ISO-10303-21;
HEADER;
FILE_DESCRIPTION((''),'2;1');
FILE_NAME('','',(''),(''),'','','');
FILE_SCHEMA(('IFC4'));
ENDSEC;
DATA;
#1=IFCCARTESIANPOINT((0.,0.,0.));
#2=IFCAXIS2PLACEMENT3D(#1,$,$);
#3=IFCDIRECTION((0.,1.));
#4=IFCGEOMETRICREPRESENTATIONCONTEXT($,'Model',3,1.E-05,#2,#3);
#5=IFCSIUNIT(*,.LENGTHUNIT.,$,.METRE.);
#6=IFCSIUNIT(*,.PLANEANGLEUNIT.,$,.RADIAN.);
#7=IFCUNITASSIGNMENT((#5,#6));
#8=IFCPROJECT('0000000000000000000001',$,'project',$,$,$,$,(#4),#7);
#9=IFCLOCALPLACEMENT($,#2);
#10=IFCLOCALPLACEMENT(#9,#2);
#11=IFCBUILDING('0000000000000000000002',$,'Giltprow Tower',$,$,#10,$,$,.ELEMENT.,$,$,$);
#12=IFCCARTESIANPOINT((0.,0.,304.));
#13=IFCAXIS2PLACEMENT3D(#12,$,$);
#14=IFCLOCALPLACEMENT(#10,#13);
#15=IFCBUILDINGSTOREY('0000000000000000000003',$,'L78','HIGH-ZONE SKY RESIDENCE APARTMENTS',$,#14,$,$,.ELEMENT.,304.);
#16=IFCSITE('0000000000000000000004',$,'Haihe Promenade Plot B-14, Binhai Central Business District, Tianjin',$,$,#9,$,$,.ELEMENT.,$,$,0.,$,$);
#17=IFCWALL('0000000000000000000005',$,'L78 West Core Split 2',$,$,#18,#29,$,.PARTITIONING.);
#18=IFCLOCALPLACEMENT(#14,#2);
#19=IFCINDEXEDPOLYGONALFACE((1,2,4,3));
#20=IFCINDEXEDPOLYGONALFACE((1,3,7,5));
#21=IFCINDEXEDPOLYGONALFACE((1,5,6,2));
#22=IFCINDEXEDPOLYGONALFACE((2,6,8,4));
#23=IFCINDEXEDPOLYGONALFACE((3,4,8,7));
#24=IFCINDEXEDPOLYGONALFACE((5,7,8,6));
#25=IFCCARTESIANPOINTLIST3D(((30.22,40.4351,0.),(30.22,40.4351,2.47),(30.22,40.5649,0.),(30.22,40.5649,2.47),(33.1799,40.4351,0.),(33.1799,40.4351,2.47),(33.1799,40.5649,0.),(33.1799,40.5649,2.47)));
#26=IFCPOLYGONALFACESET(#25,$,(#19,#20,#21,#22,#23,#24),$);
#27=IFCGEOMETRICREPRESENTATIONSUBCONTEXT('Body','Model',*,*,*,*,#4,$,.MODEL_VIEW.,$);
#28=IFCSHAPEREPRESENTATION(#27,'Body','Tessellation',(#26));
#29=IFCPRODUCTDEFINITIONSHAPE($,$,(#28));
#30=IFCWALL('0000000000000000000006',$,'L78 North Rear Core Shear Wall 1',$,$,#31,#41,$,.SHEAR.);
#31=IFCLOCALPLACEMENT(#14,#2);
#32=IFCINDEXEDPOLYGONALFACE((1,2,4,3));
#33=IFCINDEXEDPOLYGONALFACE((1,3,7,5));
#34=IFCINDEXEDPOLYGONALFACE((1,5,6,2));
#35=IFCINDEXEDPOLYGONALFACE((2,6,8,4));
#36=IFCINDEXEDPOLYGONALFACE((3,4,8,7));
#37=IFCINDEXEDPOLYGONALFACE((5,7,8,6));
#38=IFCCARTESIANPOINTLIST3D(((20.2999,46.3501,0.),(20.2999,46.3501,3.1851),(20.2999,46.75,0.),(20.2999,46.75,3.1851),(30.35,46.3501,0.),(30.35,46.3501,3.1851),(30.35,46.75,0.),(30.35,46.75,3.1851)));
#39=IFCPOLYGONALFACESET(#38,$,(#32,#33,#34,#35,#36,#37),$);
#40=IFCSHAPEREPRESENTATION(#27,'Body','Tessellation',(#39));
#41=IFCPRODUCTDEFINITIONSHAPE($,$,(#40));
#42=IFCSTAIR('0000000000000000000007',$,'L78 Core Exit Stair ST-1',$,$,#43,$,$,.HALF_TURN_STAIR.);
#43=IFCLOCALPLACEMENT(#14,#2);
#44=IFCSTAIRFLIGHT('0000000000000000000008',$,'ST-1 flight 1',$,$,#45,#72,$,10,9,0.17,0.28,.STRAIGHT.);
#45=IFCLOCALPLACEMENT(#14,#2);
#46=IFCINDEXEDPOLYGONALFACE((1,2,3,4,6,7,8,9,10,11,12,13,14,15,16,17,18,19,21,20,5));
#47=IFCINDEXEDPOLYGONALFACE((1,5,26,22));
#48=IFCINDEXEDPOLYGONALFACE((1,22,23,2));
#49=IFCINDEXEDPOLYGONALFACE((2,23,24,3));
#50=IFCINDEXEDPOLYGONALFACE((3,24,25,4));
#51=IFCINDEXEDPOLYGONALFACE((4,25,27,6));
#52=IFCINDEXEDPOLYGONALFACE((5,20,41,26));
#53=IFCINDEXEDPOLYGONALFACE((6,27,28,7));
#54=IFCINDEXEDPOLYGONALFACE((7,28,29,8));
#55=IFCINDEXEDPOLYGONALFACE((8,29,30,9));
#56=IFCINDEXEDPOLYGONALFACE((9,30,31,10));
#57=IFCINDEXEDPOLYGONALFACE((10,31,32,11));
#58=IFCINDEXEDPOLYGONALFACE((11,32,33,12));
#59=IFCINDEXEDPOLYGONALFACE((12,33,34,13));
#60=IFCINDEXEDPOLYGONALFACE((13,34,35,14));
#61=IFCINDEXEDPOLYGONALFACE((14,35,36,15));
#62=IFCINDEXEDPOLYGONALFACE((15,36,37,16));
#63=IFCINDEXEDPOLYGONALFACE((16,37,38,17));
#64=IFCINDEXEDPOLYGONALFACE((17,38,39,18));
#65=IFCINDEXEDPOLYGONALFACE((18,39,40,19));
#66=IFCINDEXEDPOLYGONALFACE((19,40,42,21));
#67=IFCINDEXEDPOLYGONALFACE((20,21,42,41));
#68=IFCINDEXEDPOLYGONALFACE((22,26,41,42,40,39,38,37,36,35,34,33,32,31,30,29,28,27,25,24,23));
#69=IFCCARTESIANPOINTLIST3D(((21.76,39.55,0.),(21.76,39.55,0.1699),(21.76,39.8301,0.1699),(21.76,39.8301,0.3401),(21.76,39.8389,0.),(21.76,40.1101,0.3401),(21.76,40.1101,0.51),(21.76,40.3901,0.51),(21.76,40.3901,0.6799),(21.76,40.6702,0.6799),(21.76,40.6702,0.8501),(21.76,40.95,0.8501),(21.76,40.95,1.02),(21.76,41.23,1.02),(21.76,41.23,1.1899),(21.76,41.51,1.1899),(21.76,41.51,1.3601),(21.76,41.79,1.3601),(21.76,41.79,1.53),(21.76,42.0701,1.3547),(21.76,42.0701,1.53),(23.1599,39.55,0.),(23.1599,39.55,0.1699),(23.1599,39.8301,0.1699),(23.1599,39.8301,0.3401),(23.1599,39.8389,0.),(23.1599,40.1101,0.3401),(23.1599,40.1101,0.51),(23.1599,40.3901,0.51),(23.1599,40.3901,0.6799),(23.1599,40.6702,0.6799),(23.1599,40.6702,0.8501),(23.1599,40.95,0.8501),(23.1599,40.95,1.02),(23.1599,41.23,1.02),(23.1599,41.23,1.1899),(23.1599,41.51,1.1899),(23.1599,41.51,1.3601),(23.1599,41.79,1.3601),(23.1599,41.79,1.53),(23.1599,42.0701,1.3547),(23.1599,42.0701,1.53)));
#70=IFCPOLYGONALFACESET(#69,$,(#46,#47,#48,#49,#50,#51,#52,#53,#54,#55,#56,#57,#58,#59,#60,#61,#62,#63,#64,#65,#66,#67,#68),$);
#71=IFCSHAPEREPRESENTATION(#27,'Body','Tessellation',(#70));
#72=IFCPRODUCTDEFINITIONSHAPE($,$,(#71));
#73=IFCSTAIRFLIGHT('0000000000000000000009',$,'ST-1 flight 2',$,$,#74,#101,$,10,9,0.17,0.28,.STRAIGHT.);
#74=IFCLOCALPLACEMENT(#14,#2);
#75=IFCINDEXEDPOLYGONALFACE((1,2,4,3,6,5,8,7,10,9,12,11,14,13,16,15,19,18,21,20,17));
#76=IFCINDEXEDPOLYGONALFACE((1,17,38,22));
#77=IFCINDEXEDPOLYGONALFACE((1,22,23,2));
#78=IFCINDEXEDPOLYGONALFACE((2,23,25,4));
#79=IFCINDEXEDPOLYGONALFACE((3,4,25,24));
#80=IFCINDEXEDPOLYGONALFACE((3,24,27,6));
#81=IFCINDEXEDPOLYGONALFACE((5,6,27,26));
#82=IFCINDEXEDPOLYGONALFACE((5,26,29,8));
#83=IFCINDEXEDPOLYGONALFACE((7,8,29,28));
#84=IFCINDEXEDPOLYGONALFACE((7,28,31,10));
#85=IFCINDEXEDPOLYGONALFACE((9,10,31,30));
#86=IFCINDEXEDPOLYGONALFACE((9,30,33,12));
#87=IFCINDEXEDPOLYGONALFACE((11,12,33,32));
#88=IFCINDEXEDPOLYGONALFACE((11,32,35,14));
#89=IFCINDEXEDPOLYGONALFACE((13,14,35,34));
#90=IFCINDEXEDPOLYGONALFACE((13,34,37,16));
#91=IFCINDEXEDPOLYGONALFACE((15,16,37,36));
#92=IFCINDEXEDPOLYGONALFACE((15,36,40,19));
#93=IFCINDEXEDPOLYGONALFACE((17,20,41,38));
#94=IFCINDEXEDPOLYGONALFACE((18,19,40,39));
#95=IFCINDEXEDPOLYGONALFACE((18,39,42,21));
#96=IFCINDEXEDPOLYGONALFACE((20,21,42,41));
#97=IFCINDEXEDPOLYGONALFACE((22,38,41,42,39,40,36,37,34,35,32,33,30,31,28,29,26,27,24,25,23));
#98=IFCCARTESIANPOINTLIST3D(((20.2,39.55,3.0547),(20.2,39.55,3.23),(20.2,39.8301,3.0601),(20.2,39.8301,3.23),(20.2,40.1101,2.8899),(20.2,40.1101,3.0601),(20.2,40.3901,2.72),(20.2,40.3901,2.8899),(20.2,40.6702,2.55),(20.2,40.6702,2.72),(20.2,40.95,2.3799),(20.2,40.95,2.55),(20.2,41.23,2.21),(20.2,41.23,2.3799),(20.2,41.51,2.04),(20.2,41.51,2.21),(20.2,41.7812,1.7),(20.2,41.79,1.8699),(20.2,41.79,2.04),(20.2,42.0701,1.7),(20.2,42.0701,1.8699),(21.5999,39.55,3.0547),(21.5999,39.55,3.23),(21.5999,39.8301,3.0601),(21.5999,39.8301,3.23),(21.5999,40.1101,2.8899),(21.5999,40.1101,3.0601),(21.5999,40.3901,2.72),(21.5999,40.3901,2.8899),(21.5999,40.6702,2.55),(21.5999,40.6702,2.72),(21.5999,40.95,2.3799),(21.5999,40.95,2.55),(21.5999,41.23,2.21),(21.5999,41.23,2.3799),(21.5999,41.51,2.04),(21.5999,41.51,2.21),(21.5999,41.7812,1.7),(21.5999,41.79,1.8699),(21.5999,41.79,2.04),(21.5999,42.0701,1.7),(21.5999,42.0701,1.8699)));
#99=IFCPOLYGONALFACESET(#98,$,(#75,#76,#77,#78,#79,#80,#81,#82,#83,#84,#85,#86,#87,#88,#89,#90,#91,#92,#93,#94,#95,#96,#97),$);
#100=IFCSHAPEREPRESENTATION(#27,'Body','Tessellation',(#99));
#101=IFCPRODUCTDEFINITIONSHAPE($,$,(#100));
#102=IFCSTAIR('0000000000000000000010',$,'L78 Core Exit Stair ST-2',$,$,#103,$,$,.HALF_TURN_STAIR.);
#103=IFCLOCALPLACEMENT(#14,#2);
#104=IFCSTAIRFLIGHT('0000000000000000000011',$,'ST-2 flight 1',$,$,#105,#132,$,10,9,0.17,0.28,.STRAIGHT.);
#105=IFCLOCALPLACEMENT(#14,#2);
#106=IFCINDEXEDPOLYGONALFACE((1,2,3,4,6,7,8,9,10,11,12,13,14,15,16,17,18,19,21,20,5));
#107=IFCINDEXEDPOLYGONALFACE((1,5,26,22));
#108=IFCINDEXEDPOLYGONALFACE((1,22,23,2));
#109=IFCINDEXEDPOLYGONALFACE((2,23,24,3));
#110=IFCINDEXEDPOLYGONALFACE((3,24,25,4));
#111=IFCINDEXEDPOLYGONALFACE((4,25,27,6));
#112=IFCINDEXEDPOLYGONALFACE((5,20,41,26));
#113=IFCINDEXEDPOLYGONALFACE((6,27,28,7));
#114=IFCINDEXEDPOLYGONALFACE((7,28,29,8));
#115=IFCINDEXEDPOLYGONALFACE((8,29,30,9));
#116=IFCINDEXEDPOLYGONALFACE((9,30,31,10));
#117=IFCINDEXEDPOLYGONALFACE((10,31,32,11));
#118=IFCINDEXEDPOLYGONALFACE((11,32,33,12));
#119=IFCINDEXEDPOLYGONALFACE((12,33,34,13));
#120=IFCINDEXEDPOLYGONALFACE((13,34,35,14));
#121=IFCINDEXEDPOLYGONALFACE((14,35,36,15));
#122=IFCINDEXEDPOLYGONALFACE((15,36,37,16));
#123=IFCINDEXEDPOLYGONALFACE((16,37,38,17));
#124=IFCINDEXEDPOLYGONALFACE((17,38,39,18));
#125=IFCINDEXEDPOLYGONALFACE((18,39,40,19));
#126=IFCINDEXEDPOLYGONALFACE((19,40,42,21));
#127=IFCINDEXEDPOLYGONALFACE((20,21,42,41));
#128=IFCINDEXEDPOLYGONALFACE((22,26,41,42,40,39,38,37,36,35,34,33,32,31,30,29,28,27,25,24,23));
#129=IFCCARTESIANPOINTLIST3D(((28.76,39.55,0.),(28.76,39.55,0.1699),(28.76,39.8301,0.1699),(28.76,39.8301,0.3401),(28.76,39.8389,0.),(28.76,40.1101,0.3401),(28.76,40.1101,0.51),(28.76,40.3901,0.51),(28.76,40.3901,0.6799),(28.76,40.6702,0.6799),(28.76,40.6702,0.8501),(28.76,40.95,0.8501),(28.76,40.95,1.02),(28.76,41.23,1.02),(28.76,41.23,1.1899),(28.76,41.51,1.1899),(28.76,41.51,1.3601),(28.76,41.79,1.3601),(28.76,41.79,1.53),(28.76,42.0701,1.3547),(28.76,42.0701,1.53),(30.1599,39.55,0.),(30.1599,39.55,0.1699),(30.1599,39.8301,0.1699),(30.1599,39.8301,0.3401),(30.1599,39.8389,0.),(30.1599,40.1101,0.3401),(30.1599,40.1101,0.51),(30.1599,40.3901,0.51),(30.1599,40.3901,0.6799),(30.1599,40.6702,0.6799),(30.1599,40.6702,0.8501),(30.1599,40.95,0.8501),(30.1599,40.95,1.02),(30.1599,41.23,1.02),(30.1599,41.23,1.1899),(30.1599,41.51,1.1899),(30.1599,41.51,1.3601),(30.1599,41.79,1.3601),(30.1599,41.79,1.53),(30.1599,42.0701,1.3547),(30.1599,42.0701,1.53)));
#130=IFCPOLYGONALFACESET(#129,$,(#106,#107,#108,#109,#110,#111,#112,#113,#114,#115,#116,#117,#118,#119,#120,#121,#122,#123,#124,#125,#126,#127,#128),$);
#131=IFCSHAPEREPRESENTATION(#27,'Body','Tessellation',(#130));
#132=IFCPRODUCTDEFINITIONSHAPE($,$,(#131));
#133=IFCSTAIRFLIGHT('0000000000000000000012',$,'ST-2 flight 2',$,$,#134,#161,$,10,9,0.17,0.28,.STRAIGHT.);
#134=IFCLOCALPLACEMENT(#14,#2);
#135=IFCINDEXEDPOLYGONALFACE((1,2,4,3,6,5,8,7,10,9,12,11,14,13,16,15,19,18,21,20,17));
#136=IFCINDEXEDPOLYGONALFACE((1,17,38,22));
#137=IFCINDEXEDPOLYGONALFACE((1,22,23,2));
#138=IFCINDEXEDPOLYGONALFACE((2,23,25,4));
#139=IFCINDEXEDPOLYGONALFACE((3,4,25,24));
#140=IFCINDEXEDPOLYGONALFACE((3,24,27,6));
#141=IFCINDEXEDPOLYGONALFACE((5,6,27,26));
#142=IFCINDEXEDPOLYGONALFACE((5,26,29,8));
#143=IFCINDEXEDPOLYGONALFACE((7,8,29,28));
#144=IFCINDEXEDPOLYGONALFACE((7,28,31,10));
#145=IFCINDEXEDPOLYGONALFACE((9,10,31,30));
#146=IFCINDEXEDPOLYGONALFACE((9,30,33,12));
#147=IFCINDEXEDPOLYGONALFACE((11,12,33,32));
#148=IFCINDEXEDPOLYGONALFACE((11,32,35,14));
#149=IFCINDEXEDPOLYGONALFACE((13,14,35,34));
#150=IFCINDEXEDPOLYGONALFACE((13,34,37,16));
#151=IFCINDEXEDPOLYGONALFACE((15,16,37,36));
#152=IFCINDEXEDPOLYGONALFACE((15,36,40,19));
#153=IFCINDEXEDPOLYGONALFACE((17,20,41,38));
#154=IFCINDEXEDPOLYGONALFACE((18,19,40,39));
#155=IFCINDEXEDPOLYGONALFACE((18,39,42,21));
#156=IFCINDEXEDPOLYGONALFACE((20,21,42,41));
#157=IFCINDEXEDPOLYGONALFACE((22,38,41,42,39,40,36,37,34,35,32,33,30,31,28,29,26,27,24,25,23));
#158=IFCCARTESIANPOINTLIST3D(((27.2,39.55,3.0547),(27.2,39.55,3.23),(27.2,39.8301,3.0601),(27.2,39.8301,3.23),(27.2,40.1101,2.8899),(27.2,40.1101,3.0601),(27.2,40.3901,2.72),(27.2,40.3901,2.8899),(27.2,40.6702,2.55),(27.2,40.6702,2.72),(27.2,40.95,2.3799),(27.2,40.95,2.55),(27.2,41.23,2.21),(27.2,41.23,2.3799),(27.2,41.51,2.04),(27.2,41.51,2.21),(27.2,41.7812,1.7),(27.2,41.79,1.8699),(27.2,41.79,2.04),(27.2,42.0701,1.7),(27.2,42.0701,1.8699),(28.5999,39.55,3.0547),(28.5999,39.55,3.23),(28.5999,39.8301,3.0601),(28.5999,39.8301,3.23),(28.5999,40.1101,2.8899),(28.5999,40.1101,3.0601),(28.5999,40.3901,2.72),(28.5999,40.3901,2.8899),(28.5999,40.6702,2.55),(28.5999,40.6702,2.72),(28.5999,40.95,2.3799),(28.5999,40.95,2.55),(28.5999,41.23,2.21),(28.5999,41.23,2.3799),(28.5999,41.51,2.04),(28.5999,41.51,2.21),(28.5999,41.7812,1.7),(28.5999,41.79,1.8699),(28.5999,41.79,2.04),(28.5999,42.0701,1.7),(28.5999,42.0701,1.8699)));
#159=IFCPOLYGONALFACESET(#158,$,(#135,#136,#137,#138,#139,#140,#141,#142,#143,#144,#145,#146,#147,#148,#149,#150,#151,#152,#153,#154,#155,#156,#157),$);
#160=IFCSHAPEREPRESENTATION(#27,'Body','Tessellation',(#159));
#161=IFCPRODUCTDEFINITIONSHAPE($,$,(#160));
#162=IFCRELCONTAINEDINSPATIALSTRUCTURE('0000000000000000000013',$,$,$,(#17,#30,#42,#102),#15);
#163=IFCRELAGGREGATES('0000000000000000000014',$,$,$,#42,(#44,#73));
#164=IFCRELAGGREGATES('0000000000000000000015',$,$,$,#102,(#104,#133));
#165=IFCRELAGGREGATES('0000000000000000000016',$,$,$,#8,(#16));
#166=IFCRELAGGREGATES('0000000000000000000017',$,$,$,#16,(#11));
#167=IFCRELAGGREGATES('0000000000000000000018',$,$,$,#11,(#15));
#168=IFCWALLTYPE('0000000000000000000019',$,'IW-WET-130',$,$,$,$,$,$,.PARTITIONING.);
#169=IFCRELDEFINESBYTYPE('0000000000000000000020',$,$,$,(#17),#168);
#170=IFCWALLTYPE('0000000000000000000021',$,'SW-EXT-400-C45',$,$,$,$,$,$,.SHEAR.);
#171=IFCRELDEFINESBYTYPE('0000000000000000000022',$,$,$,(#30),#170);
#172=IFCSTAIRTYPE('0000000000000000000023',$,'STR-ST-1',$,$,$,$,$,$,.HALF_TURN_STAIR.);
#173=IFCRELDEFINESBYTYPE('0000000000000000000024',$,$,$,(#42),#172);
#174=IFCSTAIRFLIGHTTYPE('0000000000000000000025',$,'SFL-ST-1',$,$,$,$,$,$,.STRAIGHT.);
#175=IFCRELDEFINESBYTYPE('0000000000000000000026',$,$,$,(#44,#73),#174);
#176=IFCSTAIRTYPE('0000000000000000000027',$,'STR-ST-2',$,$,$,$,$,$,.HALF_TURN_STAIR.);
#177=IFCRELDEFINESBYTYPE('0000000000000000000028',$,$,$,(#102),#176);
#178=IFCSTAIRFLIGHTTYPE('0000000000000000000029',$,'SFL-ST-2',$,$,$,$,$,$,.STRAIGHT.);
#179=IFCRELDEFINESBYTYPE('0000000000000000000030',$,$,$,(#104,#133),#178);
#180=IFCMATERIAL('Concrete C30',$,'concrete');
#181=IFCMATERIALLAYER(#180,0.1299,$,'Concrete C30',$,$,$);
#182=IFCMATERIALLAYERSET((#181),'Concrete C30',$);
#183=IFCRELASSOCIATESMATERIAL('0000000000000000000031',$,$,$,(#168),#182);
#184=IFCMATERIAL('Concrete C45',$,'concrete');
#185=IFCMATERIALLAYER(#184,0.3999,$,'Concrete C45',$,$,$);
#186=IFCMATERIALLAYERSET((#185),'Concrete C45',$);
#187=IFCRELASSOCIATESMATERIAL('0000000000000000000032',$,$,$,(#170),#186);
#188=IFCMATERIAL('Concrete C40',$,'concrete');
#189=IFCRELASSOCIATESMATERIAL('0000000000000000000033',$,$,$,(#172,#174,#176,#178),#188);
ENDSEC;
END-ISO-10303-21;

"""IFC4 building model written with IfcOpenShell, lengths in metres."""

from ifc_helpers import new_model, si_unit, direction, frame, frame_2d, origin, place, context, subcontext, project, spatial, polyline, rectangle, outline, extrude, material, layer, layer_set, type_object, element, aggregate, save


model = new_model("IFC4")

# Units and contexts
model_context = context("Model", 3, precision=1e-05, world=origin(), true_north=direction((0.0, 1.0)))
body_context = subcontext(model_context, "Body", "Model", "MODEL_VIEW")
ifc_project = project(units=[si_unit("LENGTHUNIT", "METRE"), si_unit("PLANEANGLEUNIT", "RADIAN")], contexts=[model_context])

# Site, building, storey
site_placement = place(None, origin())
site = spatial("IfcSite", under=ifc_project, at=site_placement, Name="Haihe Promenade Plot B-14, Binhai Central Business District, Tianjin", CompositionType="ELEMENT", RefElevation=0.0)
building_placement = place(site_placement, origin())
building = spatial("IfcBuilding", under=site, at=building_placement, Name="Giltprow Tower", CompositionType="ELEMENT")
storey_placement = place(building_placement, frame((0.0, 0.0, 304.0)))
storey = spatial("IfcBuildingStorey", under=building, at=storey_placement, Name="L78", Description="HIGH-ZONE SKY RESIDENCE APARTMENTS", CompositionType="ELEMENT", Elevation=304.0)

# Shared definitions
ifc_material_1 = material(Name="Concrete C45", Category="concrete")

# Shared definitions
ifc_material_2 = material(Name="Concrete C40", Category="concrete")

# Walls
ifc_material_3 = material(Name="Concrete C30", Category="concrete")
ifc_layer_1 = layer(ifc_material_3, 0.1299, Name="Concrete C30")
ifc_layer_set_1 = layer_set([ifc_layer_1], Name="Concrete C30")
wall_type_1 = type_object("IfcWallType", Name="IW-WET-130", PredefinedType="PARTITIONING", material=ifc_layer_set_1)
wall_1_placement = place(storey_placement, frame((30.22, 40.5, 0.0), z_axis=(0.0, 0.0, 1.0), x_axis=(1.0, 0.0, 0.0)))
element("IfcWall", 1, at=wall_1_placement, inside=storey, type_object=wall_type_1, Name="L78 West Core Split 2", PredefinedType="PARTITIONING", context=body_context, shape_type="SweptSolid", body=[
    extrude(rectangle(XDim=2.96, YDim=0.1299, at=frame_2d((1.48, 0.0))), origin(), (0.0, 0.0, 1.0), 2.47),
])
ifc_layer_2 = layer(ifc_material_1, 0.3999, Name="Concrete C45")
ifc_layer_set_2 = layer_set([ifc_layer_2], Name="Concrete C45")
wall_type_2 = type_object("IfcWallType", Name="SW-EXT-400-C45", PredefinedType="SHEAR", material=ifc_layer_set_2)
wall_2_placement = place(storey_placement, frame((20.3, 46.55, 0.0), z_axis=(0.0, 0.0, 1.0), x_axis=(1.0, 0.0, 0.0)))
element("IfcWall", 2, at=wall_2_placement, inside=storey, type_object=wall_type_2, Name="L78 North Rear Core Shear Wall 1", PredefinedType="SHEAR", context=body_context, shape_type="SweptSolid", body=[
    extrude(rectangle(XDim=10.05, YDim=0.3999, at=frame_2d((5.0249, 0.0))), origin(), (0.0, 0.0, 1.0), 3.1851),
])

# Stairs, stair flights
stair_type_1 = type_object("IfcStairType", Name="STR-ST-1", PredefinedType="HALF_TURN_STAIR", material=ifc_material_2)
stair_1_placement = place(storey_placement, origin())
stair_1 = element("IfcStair", 3, at=stair_1_placement, inside=storey, type_object=stair_type_1, Name="L78 Core Exit Stair ST-1", PredefinedType="HALF_TURN_STAIR")
stair_flight_type_1 = type_object("IfcStairFlightType", Name="SFL-ST-1", PredefinedType="STRAIGHT", material=ifc_material_2)
stair_flight_1_placement = place(storey_placement, frame((22.46, 39.55, 0.0), z_axis=(0.0, 0.0, 1.0), x_axis=(0.0, 1.0, 0.0)))
stair_flight_1 = element("IfcStairFlight", 4, at=stair_flight_1_placement, type_object=stair_flight_type_1, Name="ST-1 flight 1", NumberOfRisers=10, NumberOfTreads=9, PredefinedType="STRAIGHT", RiserHeight=0.17, TreadLength=0.28, context=body_context, shape_type="SweptSolid", body=[
    extrude(outline(polyline([(0.0, 0.0), (0.0, 0.1699), (0.28, 0.1699), (0.28, 0.3401), (0.5601, 0.3401), (0.5601, 0.51), (0.8401, 0.51), (0.8401, 0.6799), (1.1201, 0.6799), (1.1201, 0.8501), (1.3999, 0.8501), (1.3999, 1.02), (1.6799, 1.02), (1.6799, 1.1899), (1.96, 1.1899), (1.96, 1.3601), (2.24, 1.3601), (2.24, 1.53), (2.52, 1.53), (2.52, 1.7), (2.52, 1.3547), (0.2888, 0.0), (0.0, 0.0)])), frame((0.0, 0.7, 0.0), z_axis=(0.0, -1.0, 0.0), x_axis=(1.0, 0.0, 0.0)), (0.0, 0.0, 1.0), 1.3999),
])
stair_flight_2_placement = place(storey_placement, frame((20.8999, 42.0701, 1.7), z_axis=(0.0, 0.0, 1.0), x_axis=(0.0, -1.0, 0.0)))
stair_flight_2 = element("IfcStairFlight", 5, at=stair_flight_2_placement, type_object=stair_flight_type_1, Name="ST-1 flight 2", NumberOfRisers=10, NumberOfTreads=9, PredefinedType="STRAIGHT", RiserHeight=0.17, TreadLength=0.28, context=body_context, shape_type="SweptSolid", body=[
    extrude(outline(polyline([(0.0, 0.0), (0.0, 0.1699), (0.28, 0.1699), (0.28, 0.3401), (0.5601, 0.3401), (0.5601, 0.51), (0.8401, 0.51), (0.8401, 0.6799), (1.1201, 0.6799), (1.1201, 0.8501), (1.3999, 0.8501), (1.3999, 1.02), (1.6799, 1.02), (1.6799, 1.1899), (1.96, 1.1899), (1.96, 1.3601), (2.24, 1.3601), (2.24, 1.53), (2.52, 1.53), (2.52, 1.7), (2.52, 1.3547), (0.2888, 0.0), (0.0, 0.0)])), frame((0.0, 0.7, 0.0), z_axis=(0.0, -1.0, 0.0), x_axis=(1.0, 0.0, 0.0)), (0.0, 0.0, 1.0), 1.3999),
])
aggregate(stair_1, [stair_flight_1, stair_flight_2])
stair_type_2 = type_object("IfcStairType", Name="STR-ST-2", PredefinedType="HALF_TURN_STAIR", material=ifc_material_2)
stair_2_placement = place(storey_placement, origin())
stair_2 = element("IfcStair", 6, at=stair_2_placement, inside=storey, type_object=stair_type_2, Name="L78 Core Exit Stair ST-2", PredefinedType="HALF_TURN_STAIR")
stair_flight_type_2 = type_object("IfcStairFlightType", Name="SFL-ST-2", PredefinedType="STRAIGHT", material=ifc_material_2)
stair_flight_3_placement = place(storey_placement, frame((29.46, 39.55, 0.0), z_axis=(0.0, 0.0, 1.0), x_axis=(0.0, 1.0, 0.0)))
stair_flight_3 = element("IfcStairFlight", 7, at=stair_flight_3_placement, type_object=stair_flight_type_2, Name="ST-2 flight 1", NumberOfRisers=10, NumberOfTreads=9, PredefinedType="STRAIGHT", RiserHeight=0.17, TreadLength=0.28, context=body_context, shape_type="SweptSolid", body=[
    extrude(outline(polyline([(0.0, 0.0), (0.0, 0.1699), (0.28, 0.1699), (0.28, 0.3401), (0.5601, 0.3401), (0.5601, 0.51), (0.8401, 0.51), (0.8401, 0.6799), (1.1201, 0.6799), (1.1201, 0.8501), (1.3999, 0.8501), (1.3999, 1.02), (1.6799, 1.02), (1.6799, 1.1899), (1.96, 1.1899), (1.96, 1.3601), (2.24, 1.3601), (2.24, 1.53), (2.52, 1.53), (2.52, 1.7), (2.52, 1.3547), (0.2888, 0.0), (0.0, 0.0)])), frame((0.0, 0.7, 0.0), z_axis=(0.0, -1.0, 0.0), x_axis=(1.0, 0.0, 0.0)), (0.0, 0.0, 1.0), 1.3999),
])
stair_flight_4_placement = place(storey_placement, frame((27.8999, 42.0701, 1.7), z_axis=(0.0, 0.0, 1.0), x_axis=(0.0, -1.0, 0.0)))
stair_flight_4 = element("IfcStairFlight", 8, at=stair_flight_4_placement, type_object=stair_flight_type_2, Name="ST-2 flight 2", NumberOfRisers=10, NumberOfTreads=9, PredefinedType="STRAIGHT", RiserHeight=0.17, TreadLength=0.28, context=body_context, shape_type="SweptSolid", body=[
    extrude(outline(polyline([(0.0, 0.0), (0.0, 0.1699), (0.28, 0.1699), (0.28, 0.3401), (0.5601, 0.3401), (0.5601, 0.51), (0.8401, 0.51), (0.8401, 0.6799), (1.1201, 0.6799), (1.1201, 0.8501), (1.3999, 0.8501), (1.3999, 1.02), (1.6799, 1.02), (1.6799, 1.1899), (1.96, 1.1899), (1.96, 1.3601), (2.24, 1.3601), (2.24, 1.53), (2.52, 1.53), (2.52, 1.7), (2.52, 1.3547), (0.2888, 0.0), (0.0, 0.0)])), frame((0.0, 0.7, 0.0), z_axis=(0.0, -1.0, 0.0), x_axis=(1.0, 0.0, 0.0)), (0.0, 0.0, 1.0), 1.3999),
])
aggregate(stair_2, [stair_flight_3, stair_flight_4])

save(model, "model.ifc")
